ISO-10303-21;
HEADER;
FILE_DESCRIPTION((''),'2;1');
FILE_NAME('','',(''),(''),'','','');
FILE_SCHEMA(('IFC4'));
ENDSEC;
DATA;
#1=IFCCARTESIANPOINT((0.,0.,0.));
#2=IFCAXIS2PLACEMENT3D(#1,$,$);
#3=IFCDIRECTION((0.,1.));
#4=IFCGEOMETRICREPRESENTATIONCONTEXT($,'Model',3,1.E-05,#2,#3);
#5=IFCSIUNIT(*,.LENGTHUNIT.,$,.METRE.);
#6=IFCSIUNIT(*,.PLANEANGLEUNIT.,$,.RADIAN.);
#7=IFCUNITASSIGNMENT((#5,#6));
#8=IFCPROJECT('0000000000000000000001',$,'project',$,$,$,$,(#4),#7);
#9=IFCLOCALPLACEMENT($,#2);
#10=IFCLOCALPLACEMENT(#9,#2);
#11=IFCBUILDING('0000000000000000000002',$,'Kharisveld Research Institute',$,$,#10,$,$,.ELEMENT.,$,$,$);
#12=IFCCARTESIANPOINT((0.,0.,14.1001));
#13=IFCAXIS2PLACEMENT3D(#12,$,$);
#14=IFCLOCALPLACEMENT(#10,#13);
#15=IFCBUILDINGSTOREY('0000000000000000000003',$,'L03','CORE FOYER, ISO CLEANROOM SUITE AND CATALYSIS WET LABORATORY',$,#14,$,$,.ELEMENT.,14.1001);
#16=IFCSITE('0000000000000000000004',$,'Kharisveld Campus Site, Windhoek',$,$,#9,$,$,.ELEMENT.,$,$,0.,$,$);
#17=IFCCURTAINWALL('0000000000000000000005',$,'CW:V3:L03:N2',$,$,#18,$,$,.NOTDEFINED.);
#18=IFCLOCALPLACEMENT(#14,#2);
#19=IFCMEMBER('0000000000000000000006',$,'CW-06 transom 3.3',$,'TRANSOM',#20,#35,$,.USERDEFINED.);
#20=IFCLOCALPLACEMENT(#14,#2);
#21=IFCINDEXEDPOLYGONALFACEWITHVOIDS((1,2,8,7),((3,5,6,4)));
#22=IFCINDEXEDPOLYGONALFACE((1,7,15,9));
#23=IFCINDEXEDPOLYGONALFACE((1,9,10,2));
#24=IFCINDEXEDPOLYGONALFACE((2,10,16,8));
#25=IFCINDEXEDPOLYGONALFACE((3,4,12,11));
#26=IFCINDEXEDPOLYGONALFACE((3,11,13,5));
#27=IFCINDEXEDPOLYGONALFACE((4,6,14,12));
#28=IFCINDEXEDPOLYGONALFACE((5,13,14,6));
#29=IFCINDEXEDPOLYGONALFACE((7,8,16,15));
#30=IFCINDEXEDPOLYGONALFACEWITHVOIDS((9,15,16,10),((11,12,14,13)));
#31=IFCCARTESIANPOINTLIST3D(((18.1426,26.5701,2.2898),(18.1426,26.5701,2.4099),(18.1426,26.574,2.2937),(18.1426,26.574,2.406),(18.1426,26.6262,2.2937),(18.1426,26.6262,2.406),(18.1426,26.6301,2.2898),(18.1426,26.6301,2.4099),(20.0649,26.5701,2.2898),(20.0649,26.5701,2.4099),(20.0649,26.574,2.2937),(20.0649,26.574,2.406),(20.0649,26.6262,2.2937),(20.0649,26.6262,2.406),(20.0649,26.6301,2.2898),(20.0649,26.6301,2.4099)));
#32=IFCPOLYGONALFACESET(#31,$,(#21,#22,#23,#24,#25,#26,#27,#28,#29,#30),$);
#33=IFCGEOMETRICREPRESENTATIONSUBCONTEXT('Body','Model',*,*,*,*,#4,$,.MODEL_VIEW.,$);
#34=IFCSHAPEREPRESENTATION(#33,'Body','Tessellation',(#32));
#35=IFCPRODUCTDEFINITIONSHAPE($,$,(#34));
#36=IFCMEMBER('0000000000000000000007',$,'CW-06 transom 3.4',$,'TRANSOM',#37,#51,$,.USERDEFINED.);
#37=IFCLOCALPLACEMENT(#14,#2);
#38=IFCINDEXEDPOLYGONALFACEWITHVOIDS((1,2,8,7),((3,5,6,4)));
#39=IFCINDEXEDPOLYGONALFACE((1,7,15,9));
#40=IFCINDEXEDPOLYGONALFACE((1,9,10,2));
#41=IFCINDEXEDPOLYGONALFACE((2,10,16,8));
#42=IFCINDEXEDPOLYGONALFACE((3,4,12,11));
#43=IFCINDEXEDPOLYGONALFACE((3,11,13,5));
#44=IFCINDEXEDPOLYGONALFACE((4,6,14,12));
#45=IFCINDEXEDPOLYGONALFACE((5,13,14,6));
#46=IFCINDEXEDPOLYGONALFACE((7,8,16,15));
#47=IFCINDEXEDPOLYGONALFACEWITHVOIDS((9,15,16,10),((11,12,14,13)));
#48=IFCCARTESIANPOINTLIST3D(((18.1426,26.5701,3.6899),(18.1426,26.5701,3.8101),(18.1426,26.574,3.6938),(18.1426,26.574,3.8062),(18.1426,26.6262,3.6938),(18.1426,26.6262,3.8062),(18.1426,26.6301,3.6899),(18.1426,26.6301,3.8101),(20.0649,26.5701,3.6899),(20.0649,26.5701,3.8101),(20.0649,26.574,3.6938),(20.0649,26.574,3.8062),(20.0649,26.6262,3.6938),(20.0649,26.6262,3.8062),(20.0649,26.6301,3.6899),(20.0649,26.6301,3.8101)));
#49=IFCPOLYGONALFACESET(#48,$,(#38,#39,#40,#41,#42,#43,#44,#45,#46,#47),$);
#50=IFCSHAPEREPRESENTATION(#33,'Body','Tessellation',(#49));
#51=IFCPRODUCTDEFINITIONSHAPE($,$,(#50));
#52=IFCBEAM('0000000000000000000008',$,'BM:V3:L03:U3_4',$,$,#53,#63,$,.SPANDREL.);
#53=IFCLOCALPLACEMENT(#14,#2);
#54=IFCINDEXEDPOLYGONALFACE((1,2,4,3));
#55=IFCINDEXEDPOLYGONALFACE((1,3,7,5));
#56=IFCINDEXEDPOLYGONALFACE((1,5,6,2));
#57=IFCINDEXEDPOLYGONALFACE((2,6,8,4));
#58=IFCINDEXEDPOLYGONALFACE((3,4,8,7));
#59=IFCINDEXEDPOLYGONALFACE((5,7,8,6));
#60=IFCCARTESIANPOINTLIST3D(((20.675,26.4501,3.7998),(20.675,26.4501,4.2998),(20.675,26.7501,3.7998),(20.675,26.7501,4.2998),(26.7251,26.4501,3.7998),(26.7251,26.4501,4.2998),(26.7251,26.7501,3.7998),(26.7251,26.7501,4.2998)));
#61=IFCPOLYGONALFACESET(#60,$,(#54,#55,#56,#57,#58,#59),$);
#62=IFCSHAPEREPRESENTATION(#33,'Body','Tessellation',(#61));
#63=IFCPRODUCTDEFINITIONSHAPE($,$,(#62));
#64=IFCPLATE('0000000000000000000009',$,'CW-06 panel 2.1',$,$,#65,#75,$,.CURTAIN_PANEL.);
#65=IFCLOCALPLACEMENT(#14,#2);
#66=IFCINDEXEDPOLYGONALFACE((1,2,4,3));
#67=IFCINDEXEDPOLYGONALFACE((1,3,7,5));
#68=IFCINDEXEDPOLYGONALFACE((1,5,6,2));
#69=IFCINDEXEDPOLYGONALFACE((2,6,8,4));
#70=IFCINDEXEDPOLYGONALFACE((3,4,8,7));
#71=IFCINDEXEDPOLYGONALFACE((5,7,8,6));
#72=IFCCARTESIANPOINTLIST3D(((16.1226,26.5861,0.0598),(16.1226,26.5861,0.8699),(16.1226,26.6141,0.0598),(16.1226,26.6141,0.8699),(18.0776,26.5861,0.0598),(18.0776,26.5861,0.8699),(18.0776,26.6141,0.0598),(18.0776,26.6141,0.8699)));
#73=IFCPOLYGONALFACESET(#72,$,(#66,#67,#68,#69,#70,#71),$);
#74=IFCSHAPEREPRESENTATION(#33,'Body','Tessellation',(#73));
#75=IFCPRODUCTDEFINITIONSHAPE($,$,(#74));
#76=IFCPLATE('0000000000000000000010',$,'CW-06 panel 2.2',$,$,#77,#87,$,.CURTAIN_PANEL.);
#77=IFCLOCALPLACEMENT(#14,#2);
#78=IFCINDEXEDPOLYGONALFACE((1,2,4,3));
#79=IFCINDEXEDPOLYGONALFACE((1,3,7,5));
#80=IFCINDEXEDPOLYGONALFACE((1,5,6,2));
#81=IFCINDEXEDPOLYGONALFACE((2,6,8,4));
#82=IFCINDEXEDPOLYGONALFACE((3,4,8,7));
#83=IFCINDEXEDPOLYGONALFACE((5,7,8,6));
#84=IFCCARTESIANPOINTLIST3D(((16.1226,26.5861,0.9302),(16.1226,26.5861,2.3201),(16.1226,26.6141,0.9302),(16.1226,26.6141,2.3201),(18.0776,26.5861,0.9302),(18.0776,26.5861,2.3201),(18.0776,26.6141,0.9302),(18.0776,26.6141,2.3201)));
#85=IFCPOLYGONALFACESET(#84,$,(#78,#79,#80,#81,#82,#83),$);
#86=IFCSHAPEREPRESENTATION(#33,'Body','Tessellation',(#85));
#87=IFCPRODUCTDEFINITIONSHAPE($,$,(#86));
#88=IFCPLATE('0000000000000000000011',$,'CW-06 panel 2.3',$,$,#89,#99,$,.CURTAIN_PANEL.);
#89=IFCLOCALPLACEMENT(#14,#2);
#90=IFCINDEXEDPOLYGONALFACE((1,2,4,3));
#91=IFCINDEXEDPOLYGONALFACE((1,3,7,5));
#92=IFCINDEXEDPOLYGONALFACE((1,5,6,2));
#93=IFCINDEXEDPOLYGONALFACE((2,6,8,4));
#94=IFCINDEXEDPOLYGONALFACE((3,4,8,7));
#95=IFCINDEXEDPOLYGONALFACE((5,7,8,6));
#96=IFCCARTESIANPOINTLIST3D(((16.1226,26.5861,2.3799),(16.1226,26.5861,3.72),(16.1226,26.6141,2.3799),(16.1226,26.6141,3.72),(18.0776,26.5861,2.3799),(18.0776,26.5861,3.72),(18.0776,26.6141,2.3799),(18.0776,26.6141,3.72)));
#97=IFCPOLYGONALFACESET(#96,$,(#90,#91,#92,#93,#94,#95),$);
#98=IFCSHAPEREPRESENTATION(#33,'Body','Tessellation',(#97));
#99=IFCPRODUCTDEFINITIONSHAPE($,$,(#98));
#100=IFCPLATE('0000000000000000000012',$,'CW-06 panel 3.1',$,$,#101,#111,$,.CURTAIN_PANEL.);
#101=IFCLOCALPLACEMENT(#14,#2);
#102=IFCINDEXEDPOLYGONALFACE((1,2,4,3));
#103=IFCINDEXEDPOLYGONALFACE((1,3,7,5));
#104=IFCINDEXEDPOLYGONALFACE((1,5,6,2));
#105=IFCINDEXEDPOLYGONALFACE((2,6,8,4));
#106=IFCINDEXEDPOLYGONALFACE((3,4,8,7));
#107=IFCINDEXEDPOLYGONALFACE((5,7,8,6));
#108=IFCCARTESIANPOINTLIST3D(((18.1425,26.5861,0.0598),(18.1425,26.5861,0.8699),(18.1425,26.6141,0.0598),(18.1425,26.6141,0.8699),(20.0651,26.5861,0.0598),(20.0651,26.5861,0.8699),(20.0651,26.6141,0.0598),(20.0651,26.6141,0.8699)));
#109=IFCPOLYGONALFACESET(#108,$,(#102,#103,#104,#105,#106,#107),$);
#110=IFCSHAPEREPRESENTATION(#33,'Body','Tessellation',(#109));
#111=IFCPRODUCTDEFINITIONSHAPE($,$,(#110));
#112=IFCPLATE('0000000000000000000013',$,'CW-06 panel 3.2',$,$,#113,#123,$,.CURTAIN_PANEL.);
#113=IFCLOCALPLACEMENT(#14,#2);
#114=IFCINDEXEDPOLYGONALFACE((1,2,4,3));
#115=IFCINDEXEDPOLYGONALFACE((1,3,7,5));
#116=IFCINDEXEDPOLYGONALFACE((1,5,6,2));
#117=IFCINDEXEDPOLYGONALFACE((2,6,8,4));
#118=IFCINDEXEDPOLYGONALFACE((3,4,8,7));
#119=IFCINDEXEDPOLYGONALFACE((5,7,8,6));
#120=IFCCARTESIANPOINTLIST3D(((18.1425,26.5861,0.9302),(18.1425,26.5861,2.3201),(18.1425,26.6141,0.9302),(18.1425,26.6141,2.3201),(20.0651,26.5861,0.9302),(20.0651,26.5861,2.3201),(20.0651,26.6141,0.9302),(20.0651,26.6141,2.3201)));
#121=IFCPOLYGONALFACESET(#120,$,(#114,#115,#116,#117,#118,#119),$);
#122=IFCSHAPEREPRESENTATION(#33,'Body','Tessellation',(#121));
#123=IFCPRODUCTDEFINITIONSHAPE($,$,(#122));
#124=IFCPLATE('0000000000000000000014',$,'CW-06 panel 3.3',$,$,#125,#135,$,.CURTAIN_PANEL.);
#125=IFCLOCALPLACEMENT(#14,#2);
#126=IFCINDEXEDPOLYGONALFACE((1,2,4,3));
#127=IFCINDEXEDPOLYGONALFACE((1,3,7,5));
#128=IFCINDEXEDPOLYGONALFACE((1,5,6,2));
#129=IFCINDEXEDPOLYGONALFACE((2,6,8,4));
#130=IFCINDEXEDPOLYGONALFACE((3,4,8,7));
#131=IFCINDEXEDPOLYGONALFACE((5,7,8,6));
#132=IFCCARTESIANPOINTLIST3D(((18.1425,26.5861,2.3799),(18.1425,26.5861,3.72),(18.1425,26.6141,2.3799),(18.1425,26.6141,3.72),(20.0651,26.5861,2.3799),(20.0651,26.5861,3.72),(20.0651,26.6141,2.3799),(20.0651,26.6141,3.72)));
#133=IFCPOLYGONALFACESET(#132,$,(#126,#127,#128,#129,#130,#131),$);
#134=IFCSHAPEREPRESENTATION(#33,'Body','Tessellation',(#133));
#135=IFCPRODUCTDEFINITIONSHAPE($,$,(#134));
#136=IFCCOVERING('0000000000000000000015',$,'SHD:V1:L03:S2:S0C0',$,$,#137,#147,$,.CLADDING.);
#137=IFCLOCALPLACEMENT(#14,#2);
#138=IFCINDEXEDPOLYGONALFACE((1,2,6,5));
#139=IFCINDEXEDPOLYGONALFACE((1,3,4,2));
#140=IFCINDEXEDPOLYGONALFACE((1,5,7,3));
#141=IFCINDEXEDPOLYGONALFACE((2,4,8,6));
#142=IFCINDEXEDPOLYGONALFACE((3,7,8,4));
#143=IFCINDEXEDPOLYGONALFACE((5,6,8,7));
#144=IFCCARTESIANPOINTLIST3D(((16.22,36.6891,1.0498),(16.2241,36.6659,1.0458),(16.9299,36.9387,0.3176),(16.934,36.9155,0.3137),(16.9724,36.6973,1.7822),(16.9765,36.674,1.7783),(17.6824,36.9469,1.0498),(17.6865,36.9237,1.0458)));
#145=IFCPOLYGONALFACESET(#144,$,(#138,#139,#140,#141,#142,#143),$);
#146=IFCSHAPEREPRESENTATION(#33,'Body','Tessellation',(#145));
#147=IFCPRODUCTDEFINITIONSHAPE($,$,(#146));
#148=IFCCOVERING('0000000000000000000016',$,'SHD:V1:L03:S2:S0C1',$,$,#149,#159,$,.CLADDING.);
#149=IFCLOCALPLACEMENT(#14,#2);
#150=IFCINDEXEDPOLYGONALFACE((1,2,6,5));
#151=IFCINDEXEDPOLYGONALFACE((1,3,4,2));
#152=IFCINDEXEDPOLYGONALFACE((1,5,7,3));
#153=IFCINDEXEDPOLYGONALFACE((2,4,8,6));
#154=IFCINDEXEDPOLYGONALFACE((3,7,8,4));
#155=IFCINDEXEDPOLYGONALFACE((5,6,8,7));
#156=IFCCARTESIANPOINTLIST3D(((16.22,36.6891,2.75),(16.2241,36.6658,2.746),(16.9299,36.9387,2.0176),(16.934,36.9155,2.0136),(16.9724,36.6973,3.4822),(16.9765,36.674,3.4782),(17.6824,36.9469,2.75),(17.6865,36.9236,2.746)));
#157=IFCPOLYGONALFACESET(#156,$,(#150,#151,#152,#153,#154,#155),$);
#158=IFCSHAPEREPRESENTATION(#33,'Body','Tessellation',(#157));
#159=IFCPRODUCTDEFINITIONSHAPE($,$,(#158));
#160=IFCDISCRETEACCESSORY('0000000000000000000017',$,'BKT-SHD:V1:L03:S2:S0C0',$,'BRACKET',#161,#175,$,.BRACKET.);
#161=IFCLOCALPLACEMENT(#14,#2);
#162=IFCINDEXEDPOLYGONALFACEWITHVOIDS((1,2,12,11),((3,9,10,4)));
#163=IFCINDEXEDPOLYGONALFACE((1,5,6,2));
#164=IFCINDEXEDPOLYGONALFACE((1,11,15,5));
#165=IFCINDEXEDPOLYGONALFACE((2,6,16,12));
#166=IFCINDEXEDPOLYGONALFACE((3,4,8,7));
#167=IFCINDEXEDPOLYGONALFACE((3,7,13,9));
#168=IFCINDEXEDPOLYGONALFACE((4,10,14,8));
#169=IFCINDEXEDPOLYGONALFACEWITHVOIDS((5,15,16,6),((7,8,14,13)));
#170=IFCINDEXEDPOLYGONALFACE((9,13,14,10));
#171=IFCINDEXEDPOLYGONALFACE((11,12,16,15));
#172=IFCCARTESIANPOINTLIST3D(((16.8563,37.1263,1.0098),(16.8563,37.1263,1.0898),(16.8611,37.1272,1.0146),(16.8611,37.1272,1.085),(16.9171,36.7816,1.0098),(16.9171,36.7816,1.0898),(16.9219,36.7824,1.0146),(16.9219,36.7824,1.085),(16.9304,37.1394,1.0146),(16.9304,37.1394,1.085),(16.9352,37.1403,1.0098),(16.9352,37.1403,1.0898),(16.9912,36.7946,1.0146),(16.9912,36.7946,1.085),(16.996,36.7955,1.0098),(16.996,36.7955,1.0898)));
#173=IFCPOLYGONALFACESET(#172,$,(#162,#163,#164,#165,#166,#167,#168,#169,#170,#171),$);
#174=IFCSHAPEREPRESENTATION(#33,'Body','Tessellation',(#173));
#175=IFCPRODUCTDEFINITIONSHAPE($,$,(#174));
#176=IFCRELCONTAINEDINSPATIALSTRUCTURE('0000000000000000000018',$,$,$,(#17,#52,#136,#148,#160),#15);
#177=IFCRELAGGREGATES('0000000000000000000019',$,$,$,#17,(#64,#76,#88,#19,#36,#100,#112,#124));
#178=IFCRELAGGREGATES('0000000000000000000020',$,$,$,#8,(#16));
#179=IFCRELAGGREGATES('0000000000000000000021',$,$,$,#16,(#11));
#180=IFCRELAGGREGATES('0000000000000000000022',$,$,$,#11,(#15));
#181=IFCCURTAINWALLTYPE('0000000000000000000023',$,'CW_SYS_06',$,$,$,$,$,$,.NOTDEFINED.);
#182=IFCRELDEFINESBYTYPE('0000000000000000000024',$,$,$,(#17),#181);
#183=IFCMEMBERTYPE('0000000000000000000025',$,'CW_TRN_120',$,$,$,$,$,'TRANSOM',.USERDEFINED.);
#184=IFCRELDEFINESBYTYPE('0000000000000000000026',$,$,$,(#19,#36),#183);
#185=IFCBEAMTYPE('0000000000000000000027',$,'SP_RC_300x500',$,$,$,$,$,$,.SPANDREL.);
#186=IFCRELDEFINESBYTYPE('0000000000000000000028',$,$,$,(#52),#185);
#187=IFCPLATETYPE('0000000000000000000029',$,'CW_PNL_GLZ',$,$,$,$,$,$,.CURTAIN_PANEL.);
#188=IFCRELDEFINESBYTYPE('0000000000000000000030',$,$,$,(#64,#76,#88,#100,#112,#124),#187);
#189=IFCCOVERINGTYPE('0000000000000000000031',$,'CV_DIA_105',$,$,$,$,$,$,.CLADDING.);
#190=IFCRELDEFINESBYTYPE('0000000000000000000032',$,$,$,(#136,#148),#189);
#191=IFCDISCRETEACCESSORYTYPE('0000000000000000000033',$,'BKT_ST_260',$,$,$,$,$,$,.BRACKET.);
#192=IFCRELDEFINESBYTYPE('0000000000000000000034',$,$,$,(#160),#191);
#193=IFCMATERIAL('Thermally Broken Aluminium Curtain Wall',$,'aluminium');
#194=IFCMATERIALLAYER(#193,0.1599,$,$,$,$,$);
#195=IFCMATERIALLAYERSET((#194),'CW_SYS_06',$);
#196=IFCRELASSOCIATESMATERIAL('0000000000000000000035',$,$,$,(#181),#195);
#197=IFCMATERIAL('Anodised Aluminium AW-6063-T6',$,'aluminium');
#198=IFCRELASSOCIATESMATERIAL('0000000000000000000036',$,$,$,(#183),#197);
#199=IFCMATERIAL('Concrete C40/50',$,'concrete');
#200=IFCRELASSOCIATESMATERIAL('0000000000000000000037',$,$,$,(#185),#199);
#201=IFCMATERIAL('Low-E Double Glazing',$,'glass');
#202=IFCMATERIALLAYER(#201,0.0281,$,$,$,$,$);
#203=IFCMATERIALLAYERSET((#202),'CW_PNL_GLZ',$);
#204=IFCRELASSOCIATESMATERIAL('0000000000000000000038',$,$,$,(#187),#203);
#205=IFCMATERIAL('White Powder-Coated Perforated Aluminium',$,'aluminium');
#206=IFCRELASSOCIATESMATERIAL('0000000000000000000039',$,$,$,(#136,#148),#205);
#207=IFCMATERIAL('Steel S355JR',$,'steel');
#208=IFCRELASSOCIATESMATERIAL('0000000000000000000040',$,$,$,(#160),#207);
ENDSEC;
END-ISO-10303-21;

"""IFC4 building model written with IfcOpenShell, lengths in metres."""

from ifc_helpers import new_model, si_unit, direction, frame, origin, origin_2d, place, context, subcontext, project, spatial, polyline, rectangle, hollow_rectangle, outline, extrude, material, layer, layer_set, material_profile, profile_set, type_object, element, aggregate, save


model = new_model("IFC4")

# Units and contexts
model_context = context("Model", 3, precision=1e-05, world=origin(), true_north=direction((0.0, 1.0)))
body_context = subcontext(model_context, "Body", "Model", "MODEL_VIEW")
ifc_project = project(units=[si_unit("LENGTHUNIT", "METRE"), si_unit("PLANEANGLEUNIT", "RADIAN")], contexts=[model_context])

# Site, building, storey
site_placement = place(None, origin())
site = spatial("IfcSite", under=ifc_project, at=site_placement, Name="Kharisveld Campus Site, Windhoek", CompositionType="ELEMENT", RefElevation=0.0)
building_placement = place(site_placement, origin())
building = spatial("IfcBuilding", under=site, at=building_placement, Name="Kharisveld Research Institute", CompositionType="ELEMENT")
storey_placement = place(building_placement, frame((0.0, 0.0, 14.1001)))
storey = spatial("IfcBuildingStorey", under=building, at=storey_placement, Name="L03", Description="CORE FOYER, ISO CLEANROOM SUITE AND CATALYSIS WET LABORATORY", CompositionType="ELEMENT", Elevation=14.1001)

# Curtain wall
ifc_material_1 = material(Name="Thermally Broken Aluminium Curtain Wall", Category="aluminium")
ifc_layer_1 = layer(ifc_material_1, 0.1599)
ifc_layer_set_1 = layer_set([ifc_layer_1], Name="CW_SYS_06")
curtain_wall_type_1 = type_object("IfcCurtainWallType", Name="CW_SYS_06", PredefinedType="NOTDEFINED", material=ifc_layer_set_1)
curtain_wall_1_placement = place(storey_placement, origin())
curtain_wall_1 = element("IfcCurtainWall", 1, at=curtain_wall_1_placement, inside=storey, type_object=curtain_wall_type_1, Name="CW:V3:L03:N2", PredefinedType="NOTDEFINED")

# Members
ifc_material_2 = material(Name="Anodised Aluminium AW-6063-T6", Category="aluminium")
ifc_material_profile_1 = material_profile(ifc_material_2, hollow_rectangle(XDim=0.0601, YDim=0.1201, WallThickness=0.0039, at=origin_2d()))
ifc_profile_set_1 = profile_set([ifc_material_profile_1], Name="Anodised Aluminium AW-6063-T6")
member_type_1 = type_object("IfcMemberType", Name="CW_TRN_120", ElementType="TRANSOM", PredefinedType="USERDEFINED", material=ifc_profile_set_1)
member_1_placement = place(storey_placement, frame((18.1426, 26.6001, 2.3499), z_axis=(1.0, 0.0, 0.0), x_axis=(0.0, 1.0, 0.0)))
member_1 = element("IfcMember", 2, at=member_1_placement, type_object=member_type_1, Name="CW-06 transom 3.3", ObjectType="TRANSOM", PredefinedType="USERDEFINED", context=body_context, shape_type="SweptSolid", body=[
    extrude(hollow_rectangle(XDim=0.0601, YDim=0.1201, WallThickness=0.0039, at=origin_2d()), origin(), (0.0, 0.0, 1.0), 1.9224),
])
member_2_placement = place(storey_placement, frame((18.1426, 26.6001, 3.75), z_axis=(1.0, 0.0, 0.0), x_axis=(0.0, 1.0, 0.0)))
member_2 = element("IfcMember", 3, at=member_2_placement, type_object=member_type_1, Name="CW-06 transom 3.4", ObjectType="TRANSOM", PredefinedType="USERDEFINED", context=body_context, shape_type="SweptSolid", body=[
    extrude(hollow_rectangle(XDim=0.0601, YDim=0.1201, WallThickness=0.0039, at=origin_2d()), origin(), (0.0, 0.0, 1.0), 1.9224),
])

# Beam
ifc_material_3 = material(Name="Concrete C40/50", Category="concrete")
ifc_material_profile_2 = material_profile(ifc_material_3, rectangle(XDim=0.3, YDim=0.5, at=origin_2d()))
ifc_profile_set_2 = profile_set([ifc_material_profile_2], Name="Concrete C40/50")
beam_type = type_object("IfcBeamType", Name="SP_RC_300x500", PredefinedType="SPANDREL", material=ifc_profile_set_2)
beam_placement = place(storey_placement, frame((20.675, 26.6001, 4.0498), z_axis=(1.0, 0.0, 0.0), x_axis=(0.0, 1.0, 0.0)))
element("IfcBeam", 4, at=beam_placement, inside=storey, type_object=beam_type, Name="BM:V3:L03:U3_4", PredefinedType="SPANDREL", context=body_context, shape_type="SweptSolid", body=[
    extrude(rectangle(XDim=0.3, YDim=0.5, at=origin_2d()), origin(), (0.0, 0.0, 1.0), 6.05),
])

# Plates
ifc_material_4 = material(Name="Low-E Double Glazing", Category="glass")
ifc_layer_2 = layer(ifc_material_4, 0.0281)
ifc_layer_set_2 = layer_set([ifc_layer_2], Name="CW_PNL_GLZ")
plate_type = type_object("IfcPlateType", Name="CW_PNL_GLZ", PredefinedType="CURTAIN_PANEL", material=ifc_layer_set_2)
plate_1_placement = place(storey_placement, frame((17.1001, 26.6001, 0.0598), z_axis=(0.0, 0.0, 1.0), x_axis=(1.0, 0.0, 0.0)))
plate_1 = element("IfcPlate", 5, at=plate_1_placement, type_object=plate_type, Name="CW-06 panel 2.1", PredefinedType="CURTAIN_PANEL", context=body_context, shape_type="SweptSolid", body=[
    extrude(rectangle(XDim=1.9551, YDim=0.0281, at=origin_2d()), origin(), (0.0, 0.0, 1.0), 0.8101),
])
plate_2_placement = place(storey_placement, frame((17.1001, 26.6001, 0.9302), z_axis=(0.0, 0.0, 1.0), x_axis=(1.0, 0.0, 0.0)))
plate_2 = element("IfcPlate", 6, at=plate_2_placement, type_object=plate_type, Name="CW-06 panel 2.2", PredefinedType="CURTAIN_PANEL", context=body_context, shape_type="SweptSolid", body=[
    extrude(rectangle(XDim=1.9551, YDim=0.0281, at=origin_2d()), origin(), (0.0, 0.0, 1.0), 1.3899),
])
plate_3_placement = place(storey_placement, frame((17.1001, 26.6001, 2.3799), z_axis=(0.0, 0.0, 1.0), x_axis=(1.0, 0.0, 0.0)))
plate_3 = element("IfcPlate", 7, at=plate_3_placement, type_object=plate_type, Name="CW-06 panel 2.3", PredefinedType="CURTAIN_PANEL", context=body_context, shape_type="SweptSolid", body=[
    extrude(rectangle(XDim=1.9551, YDim=0.0281, at=origin_2d()), origin(), (0.0, 0.0, 1.0), 1.3401),
])
plate_4_placement = place(storey_placement, frame((19.1038, 26.6001, 0.0598), z_axis=(0.0, 0.0, 1.0), x_axis=(1.0, 0.0, 0.0)))
plate_4 = element("IfcPlate", 8, at=plate_4_placement, type_object=plate_type, Name="CW-06 panel 3.1", PredefinedType="CURTAIN_PANEL", context=body_context, shape_type="SweptSolid", body=[
    extrude(rectangle(XDim=1.9226, YDim=0.0281, at=origin_2d()), origin(), (0.0, 0.0, 1.0), 0.8101),
])
plate_5_placement = place(storey_placement, frame((19.1038, 26.6001, 0.9302), z_axis=(0.0, 0.0, 1.0), x_axis=(1.0, 0.0, 0.0)))
plate_5 = element("IfcPlate", 9, at=plate_5_placement, type_object=plate_type, Name="CW-06 panel 3.2", PredefinedType="CURTAIN_PANEL", context=body_context, shape_type="SweptSolid", body=[
    extrude(rectangle(XDim=1.9226, YDim=0.0281, at=origin_2d()), origin(), (0.0, 0.0, 1.0), 1.3899),
])
plate_6_placement = place(storey_placement, frame((19.1038, 26.6001, 2.3799), z_axis=(0.0, 0.0, 1.0), x_axis=(1.0, 0.0, 0.0)))
plate_6 = element("IfcPlate", 10, at=plate_6_placement, type_object=plate_type, Name="CW-06 panel 3.3", PredefinedType="CURTAIN_PANEL", context=body_context, shape_type="SweptSolid", body=[
    extrude(rectangle(XDim=1.9226, YDim=0.0281, at=origin_2d()), origin(), (0.0, 0.0, 1.0), 1.3401),
])
aggregate(curtain_wall_1, [plate_1, plate_2, plate_3, member_1, member_2, plate_4, plate_5, plate_6])

# Coverings
ifc_material_5 = material(Name="White Powder-Coated Perforated Aluminium", Category="aluminium")
covering_type = type_object("IfcCoveringType", Name="CV_DIA_105", PredefinedType="CLADDING")
covering_1_placement = place(storey_placement, frame((16.9299, 36.9387, 0.3176), z_axis=(-0.171234, 0.971299, 0.165096), x_axis=(-0.676173, -0.237734, 0.697333)))
element("IfcCovering", 11, at=covering_1_placement, inside=storey, type_object=covering_type, material=ifc_material_5, Name="SHD:V1:L03:S2:S0C0", PredefinedType="CLADDING", context=body_context, shape_type="SweptSolid", body=[
    extrude(outline(polyline([(0.0, 0.0), (1.0499, 0.0), (1.05, 1.0501), (-0.0002, 1.0499), (0.0, 0.0)])), origin(), (0.0, 0.0, -1.0), 0.0239),
])
covering_2_placement = place(storey_placement, frame((16.9299, 36.9387, 2.0176), z_axis=(-0.171234, 0.971299, 0.165096), x_axis=(-0.676056, -0.237732, 0.697446)))
element("IfcCovering", 12, at=covering_2_placement, inside=storey, type_object=covering_type, material=ifc_material_5, Name="SHD:V1:L03:S2:S0C1", PredefinedType="CLADDING", context=body_context, shape_type="SweptSolid", body=[
    extrude(outline(polyline([(0.0, 0.0), (1.0501, 0.0), (1.0502, 1.0499), (0.0002, 1.0501), (0.0, 0.0)])), origin(), (0.0, 0.0, -1.0), 0.0239),
])

# Discrete accessory
ifc_material_6 = material(Name="Steel S355JR", Category="steel")
discrete_accessory_type = type_object("IfcDiscreteAccessoryType", Name="BKT_ST_260", PredefinedType="BRACKET")
discrete_accessory_placement = place(storey_placement, frame((16.8958, 37.1333, 1.0498), z_axis=(0.173666, -0.984805, 0.0), x_axis=(0.984805, 0.173666, 0.0)))
element("IfcDiscreteAccessory", 13, at=discrete_accessory_placement, inside=storey, type_object=discrete_accessory_type, material=ifc_material_6, Name="BKT-SHD:V1:L03:S2:S0C0", ObjectType="BRACKET", PredefinedType="BRACKET", context=body_context, shape_type="SweptSolid", body=[
    extrude(hollow_rectangle(XDim=0.0801, YDim=0.0801, WallThickness=0.0049, at=origin_2d()), origin(), (0.0, 0.0, 1.0), 0.3501),
])

save(model, "model.ifc")
